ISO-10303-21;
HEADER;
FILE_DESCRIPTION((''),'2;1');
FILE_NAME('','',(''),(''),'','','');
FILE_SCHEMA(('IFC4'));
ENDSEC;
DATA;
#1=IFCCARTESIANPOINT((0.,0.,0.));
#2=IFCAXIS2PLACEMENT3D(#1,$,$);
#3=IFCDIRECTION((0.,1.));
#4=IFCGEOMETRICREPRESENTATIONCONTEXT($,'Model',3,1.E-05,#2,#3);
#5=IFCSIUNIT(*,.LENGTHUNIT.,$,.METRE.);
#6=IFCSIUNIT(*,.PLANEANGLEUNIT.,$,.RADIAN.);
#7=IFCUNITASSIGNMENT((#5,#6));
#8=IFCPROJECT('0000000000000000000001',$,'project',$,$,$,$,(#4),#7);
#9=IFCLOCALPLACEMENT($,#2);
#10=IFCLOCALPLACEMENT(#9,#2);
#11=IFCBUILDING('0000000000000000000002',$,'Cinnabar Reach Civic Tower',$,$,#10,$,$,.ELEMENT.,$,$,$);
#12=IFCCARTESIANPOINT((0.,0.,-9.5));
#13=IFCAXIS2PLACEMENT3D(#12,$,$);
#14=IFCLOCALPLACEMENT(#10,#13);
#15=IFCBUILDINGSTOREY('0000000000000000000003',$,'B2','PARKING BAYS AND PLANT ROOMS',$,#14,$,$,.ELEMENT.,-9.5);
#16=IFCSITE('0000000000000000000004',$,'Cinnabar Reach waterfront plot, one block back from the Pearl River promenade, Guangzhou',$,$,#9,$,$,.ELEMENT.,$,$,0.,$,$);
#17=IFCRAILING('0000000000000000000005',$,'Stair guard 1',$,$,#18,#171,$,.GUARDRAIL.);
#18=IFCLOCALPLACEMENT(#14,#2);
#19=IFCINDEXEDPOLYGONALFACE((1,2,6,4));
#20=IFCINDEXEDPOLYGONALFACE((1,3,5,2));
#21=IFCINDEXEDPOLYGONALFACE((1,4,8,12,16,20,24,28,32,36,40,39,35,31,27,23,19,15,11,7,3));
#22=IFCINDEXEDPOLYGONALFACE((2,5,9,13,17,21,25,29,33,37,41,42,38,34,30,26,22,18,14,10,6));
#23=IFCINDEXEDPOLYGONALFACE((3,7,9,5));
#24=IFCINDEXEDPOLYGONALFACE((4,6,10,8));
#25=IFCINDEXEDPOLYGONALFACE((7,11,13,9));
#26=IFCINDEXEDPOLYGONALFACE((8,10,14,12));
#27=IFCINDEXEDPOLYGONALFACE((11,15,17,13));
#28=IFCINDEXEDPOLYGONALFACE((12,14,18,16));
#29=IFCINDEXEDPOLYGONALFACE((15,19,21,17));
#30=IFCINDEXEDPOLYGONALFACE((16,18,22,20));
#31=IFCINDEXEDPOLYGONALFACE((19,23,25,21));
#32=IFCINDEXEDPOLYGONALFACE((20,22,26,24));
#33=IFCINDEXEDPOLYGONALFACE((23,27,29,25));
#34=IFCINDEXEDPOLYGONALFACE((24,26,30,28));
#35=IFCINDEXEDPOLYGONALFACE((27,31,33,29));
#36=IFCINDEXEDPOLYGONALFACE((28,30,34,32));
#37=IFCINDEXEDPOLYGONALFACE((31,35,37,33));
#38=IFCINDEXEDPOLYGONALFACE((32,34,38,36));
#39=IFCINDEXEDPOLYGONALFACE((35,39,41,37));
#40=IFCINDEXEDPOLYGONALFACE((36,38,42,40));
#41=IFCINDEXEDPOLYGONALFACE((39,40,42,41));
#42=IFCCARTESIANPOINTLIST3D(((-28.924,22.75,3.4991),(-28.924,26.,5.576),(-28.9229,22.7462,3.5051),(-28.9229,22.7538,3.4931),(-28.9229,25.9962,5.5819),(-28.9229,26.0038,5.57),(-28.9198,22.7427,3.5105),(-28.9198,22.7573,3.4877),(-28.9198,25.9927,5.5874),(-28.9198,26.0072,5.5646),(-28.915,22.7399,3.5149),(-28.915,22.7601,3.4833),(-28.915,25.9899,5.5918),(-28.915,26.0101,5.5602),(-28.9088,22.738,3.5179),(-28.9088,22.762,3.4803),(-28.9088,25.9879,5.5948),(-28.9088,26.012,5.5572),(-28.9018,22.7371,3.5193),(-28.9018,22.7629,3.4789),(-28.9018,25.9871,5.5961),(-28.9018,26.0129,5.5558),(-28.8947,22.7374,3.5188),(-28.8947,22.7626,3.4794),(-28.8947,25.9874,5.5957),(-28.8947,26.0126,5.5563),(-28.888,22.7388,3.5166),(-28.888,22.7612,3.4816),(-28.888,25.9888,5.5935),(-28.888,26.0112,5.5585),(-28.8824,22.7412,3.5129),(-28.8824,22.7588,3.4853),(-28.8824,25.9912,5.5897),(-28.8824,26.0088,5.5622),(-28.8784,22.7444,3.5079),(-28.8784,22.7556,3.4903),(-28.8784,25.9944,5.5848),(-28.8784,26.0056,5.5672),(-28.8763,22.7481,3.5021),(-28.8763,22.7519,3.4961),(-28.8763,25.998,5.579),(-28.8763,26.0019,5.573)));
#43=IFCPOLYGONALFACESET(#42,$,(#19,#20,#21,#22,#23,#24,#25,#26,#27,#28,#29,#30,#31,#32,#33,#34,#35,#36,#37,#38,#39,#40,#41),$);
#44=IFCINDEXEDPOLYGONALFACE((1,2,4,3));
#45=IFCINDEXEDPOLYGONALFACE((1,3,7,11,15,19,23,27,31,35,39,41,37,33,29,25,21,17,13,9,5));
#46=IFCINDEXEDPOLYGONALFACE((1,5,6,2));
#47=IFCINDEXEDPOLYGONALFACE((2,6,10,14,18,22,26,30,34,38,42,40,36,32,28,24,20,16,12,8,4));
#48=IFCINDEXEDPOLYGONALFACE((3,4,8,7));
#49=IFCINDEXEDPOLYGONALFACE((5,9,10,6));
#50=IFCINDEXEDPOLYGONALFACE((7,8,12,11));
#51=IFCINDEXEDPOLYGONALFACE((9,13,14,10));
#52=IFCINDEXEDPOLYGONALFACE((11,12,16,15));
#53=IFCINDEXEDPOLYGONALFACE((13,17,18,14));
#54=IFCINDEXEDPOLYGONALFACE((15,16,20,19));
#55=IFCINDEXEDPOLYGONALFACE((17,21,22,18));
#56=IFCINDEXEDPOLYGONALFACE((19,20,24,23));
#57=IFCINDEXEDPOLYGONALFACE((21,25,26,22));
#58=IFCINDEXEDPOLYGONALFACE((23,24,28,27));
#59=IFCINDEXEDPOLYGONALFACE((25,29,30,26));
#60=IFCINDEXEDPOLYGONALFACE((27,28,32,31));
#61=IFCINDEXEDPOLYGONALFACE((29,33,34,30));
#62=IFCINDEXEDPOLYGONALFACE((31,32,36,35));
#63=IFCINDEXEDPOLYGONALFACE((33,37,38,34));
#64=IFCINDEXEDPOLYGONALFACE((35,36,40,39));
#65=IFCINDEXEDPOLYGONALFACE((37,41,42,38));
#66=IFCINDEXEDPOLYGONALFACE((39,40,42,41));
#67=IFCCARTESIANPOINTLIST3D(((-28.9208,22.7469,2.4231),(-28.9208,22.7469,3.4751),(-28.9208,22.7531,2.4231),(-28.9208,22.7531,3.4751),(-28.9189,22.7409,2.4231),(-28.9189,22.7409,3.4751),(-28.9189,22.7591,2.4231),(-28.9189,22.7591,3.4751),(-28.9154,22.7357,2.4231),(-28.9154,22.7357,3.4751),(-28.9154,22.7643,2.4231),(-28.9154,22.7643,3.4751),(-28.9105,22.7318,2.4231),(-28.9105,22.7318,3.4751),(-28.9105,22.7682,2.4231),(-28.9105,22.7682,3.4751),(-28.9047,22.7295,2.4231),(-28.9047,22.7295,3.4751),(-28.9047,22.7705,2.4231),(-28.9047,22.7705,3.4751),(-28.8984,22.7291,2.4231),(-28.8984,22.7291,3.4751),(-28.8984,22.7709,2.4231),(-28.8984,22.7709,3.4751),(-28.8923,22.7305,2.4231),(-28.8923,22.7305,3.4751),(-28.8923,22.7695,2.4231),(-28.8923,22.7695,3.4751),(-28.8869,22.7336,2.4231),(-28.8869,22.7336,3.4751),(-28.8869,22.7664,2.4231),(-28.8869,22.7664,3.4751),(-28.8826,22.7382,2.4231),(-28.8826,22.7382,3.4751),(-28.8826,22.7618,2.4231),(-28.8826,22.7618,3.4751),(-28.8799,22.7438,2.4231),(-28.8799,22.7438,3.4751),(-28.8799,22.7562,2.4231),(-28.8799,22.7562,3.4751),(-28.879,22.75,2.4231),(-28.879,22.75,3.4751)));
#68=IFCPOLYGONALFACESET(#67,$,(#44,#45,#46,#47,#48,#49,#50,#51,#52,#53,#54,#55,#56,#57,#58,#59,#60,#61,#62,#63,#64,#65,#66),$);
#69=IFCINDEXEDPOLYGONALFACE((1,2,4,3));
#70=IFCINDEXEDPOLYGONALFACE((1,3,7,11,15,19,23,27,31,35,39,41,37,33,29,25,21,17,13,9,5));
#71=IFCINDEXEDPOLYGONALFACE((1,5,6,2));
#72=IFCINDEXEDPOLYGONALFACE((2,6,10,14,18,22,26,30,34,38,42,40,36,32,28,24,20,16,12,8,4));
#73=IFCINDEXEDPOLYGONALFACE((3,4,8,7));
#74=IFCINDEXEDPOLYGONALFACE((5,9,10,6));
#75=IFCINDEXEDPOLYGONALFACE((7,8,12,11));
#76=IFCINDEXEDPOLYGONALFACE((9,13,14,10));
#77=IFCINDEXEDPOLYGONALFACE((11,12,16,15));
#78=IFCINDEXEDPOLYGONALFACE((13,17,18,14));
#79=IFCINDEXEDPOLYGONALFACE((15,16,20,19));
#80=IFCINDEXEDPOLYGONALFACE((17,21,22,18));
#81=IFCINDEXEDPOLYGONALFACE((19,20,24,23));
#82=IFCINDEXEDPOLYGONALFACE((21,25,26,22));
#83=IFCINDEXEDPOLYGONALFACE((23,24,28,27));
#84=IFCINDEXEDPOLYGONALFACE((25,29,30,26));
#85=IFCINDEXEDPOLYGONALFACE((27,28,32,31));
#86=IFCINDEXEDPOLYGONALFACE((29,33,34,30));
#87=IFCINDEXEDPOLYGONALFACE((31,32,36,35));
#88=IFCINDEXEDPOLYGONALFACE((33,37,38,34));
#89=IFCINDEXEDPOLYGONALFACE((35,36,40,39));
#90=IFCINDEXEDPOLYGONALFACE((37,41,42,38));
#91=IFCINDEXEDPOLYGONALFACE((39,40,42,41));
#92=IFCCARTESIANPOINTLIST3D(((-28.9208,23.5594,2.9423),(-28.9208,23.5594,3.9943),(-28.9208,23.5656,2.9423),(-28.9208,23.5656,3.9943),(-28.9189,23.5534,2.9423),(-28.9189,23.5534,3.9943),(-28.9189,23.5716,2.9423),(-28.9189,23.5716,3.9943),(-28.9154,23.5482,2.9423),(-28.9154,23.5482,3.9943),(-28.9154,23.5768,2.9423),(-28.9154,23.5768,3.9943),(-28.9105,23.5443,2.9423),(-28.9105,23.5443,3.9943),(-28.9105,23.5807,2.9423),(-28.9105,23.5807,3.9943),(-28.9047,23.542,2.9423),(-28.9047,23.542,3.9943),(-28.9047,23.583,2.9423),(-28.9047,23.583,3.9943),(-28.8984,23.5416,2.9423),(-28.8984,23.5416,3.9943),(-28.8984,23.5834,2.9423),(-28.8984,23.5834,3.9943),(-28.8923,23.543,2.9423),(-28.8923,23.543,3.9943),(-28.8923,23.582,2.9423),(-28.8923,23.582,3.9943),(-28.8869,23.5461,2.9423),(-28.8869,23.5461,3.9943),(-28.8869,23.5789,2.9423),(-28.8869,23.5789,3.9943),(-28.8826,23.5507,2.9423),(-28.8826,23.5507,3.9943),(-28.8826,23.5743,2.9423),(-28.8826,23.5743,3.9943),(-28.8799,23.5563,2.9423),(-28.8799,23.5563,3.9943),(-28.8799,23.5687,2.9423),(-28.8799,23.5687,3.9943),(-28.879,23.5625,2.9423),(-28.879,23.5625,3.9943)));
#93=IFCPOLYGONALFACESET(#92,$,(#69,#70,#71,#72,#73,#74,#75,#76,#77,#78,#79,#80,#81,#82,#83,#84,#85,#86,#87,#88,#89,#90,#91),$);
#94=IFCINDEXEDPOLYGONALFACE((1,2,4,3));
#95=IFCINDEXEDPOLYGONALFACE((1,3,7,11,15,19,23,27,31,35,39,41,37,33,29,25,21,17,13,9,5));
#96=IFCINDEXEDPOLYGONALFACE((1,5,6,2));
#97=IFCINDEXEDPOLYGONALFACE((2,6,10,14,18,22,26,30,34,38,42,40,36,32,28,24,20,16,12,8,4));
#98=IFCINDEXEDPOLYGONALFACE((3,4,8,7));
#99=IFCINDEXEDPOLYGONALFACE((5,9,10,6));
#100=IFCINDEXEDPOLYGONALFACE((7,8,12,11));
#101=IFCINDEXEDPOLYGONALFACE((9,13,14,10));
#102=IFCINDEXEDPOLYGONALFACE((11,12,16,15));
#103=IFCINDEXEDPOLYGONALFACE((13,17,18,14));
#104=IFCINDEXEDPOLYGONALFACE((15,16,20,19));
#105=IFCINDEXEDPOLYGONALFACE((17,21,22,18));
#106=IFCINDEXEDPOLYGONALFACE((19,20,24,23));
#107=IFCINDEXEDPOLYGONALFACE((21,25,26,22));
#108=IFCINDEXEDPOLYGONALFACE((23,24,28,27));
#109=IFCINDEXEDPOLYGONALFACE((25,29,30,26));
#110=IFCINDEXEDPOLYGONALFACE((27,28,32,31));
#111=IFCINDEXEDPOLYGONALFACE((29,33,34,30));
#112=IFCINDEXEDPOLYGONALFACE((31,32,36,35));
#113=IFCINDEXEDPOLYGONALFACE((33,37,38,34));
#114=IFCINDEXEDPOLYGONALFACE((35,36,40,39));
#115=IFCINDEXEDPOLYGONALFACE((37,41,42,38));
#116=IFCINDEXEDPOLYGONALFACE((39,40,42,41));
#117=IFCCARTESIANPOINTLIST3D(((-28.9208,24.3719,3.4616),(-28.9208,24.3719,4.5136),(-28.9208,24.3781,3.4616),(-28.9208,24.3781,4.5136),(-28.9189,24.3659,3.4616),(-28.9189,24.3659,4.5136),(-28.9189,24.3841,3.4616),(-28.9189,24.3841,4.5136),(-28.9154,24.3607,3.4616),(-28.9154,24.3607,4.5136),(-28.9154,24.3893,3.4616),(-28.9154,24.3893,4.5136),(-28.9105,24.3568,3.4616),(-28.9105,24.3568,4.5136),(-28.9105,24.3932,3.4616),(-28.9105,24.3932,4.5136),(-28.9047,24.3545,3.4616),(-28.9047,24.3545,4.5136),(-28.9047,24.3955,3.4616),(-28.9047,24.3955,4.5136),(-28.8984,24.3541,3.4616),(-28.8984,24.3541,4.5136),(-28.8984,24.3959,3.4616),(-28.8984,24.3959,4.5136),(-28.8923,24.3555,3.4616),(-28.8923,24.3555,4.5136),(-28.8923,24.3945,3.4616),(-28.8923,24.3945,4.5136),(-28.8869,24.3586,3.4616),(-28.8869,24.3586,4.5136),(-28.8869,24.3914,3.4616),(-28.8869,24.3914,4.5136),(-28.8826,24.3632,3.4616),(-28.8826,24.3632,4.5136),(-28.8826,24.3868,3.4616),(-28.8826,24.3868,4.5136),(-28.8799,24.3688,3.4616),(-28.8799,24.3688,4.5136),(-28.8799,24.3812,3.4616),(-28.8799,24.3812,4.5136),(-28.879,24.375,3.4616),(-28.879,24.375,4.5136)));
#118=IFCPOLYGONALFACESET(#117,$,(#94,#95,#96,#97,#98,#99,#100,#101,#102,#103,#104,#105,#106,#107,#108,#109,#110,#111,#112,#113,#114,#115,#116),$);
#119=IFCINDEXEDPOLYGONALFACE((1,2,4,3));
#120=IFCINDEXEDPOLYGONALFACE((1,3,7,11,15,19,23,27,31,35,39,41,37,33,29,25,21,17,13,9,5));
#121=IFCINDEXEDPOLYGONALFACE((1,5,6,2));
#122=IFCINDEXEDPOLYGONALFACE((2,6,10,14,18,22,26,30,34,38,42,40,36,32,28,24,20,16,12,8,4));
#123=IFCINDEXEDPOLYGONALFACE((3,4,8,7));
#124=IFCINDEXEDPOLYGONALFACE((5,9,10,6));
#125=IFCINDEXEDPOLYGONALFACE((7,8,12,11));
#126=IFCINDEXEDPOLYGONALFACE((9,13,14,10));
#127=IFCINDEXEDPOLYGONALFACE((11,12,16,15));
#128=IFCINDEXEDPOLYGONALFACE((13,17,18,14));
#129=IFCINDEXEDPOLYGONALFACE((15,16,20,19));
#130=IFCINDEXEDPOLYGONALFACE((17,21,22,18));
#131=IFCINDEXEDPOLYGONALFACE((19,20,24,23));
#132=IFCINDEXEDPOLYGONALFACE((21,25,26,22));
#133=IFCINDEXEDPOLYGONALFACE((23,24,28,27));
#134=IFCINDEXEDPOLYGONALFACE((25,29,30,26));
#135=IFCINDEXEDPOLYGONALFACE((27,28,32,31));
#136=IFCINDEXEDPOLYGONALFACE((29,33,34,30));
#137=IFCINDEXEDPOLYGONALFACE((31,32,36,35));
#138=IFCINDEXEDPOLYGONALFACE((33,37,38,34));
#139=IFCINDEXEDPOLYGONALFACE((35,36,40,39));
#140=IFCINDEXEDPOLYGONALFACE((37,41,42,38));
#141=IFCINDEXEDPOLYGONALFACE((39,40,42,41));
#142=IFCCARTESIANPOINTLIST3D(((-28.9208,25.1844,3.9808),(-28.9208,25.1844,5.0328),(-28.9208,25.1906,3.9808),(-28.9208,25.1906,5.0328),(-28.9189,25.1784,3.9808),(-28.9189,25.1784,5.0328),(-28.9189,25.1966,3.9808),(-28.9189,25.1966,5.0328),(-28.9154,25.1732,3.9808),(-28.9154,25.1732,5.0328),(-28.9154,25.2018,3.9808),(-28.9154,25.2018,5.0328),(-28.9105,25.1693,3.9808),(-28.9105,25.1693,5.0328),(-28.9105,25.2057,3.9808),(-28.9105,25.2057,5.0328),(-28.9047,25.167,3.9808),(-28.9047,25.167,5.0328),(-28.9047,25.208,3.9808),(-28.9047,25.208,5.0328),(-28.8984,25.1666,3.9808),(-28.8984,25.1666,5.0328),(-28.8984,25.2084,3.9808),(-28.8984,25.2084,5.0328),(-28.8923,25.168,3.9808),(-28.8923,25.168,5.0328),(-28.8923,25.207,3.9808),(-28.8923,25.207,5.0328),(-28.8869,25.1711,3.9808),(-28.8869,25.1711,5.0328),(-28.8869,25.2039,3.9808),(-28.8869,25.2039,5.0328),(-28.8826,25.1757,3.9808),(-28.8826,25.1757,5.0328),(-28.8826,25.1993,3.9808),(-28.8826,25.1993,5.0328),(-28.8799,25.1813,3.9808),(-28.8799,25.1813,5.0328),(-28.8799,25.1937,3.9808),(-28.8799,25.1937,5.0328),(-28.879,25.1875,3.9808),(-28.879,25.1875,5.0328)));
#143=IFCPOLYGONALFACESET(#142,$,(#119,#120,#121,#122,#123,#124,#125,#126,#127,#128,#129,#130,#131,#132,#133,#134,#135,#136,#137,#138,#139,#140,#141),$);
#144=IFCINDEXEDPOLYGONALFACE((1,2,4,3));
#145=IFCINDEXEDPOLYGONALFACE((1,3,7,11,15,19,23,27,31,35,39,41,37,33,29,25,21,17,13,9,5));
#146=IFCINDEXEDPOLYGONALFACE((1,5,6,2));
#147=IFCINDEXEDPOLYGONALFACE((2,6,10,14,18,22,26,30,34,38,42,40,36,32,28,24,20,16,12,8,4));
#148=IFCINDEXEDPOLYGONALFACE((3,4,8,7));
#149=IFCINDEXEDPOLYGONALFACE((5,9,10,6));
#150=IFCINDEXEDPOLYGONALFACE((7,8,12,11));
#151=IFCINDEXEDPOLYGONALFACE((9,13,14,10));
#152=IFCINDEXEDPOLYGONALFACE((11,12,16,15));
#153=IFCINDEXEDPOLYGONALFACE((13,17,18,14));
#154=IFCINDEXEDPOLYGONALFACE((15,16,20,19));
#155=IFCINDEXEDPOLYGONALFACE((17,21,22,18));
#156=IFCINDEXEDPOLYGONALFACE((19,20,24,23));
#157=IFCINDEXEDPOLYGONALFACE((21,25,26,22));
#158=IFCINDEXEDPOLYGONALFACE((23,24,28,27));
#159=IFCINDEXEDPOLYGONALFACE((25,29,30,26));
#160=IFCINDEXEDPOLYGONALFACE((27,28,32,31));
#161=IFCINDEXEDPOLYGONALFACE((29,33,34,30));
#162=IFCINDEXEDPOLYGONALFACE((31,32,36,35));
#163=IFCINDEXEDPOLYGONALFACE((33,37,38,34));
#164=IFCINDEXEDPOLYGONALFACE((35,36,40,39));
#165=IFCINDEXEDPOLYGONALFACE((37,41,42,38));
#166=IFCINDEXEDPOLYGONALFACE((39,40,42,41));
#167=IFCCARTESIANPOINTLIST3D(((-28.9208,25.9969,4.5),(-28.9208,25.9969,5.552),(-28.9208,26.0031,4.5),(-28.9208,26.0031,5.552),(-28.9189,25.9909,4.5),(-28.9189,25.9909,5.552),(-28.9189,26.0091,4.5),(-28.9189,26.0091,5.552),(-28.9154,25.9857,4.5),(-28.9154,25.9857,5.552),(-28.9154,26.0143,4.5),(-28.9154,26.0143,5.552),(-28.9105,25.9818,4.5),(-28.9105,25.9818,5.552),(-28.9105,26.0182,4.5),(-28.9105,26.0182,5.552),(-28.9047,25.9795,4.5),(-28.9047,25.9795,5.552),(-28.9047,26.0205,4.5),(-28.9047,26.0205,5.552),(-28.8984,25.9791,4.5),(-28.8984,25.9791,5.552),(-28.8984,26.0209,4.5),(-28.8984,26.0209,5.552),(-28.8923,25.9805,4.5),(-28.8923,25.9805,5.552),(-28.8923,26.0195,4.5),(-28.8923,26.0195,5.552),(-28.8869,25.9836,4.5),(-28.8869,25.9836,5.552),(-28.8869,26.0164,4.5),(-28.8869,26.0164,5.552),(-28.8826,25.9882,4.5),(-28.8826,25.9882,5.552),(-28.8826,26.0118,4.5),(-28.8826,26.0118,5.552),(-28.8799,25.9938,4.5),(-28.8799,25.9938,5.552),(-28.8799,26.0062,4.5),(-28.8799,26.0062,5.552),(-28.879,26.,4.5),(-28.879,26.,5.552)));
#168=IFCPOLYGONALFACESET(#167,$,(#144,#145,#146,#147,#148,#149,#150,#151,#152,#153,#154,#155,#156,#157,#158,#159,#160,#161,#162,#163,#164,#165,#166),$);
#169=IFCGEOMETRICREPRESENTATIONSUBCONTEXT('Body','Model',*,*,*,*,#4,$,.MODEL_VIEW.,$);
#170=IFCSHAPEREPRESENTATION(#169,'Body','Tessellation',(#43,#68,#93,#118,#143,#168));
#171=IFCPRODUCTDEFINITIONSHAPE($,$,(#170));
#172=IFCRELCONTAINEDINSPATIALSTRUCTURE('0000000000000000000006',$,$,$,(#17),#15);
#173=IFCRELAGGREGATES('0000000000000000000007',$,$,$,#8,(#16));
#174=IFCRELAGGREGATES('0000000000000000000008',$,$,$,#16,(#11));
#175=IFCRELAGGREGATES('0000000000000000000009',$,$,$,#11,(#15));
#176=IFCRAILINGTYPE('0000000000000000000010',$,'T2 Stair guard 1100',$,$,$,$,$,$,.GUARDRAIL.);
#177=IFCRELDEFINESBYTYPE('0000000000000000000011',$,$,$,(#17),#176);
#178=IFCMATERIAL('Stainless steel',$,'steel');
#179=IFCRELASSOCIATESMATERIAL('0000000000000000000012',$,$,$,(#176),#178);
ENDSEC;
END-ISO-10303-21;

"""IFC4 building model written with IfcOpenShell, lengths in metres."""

from ifc_helpers import new_model, si_unit, direction, frame, origin, origin_2d, place, context, subcontext, project, spatial, circle, extrude, material, type_object, element, save


model = new_model("IFC4")

# Units and contexts
model_context = context("Model", 3, precision=1e-05, world=origin(), true_north=direction((0.0, 1.0)))
body_context = subcontext(model_context, "Body", "Model", "MODEL_VIEW")
ifc_project = project(units=[si_unit("LENGTHUNIT", "METRE"), si_unit("PLANEANGLEUNIT", "RADIAN")], contexts=[model_context])

# Site, building, storey
site_placement = place(None, origin())
site = spatial("IfcSite", under=ifc_project, at=site_placement, Name="Cinnabar Reach waterfront plot, one block back from the Pearl River promenade, Guangzhou", CompositionType="ELEMENT", RefElevation=0.0)
building_placement = place(site_placement, origin())
building = spatial("IfcBuilding", under=site, at=building_placement, Name="Cinnabar Reach Civic Tower", CompositionType="ELEMENT")
storey_placement = place(building_placement, frame((0.0, 0.0, -9.5)))
storey = spatial("IfcBuildingStorey", under=building, at=storey_placement, Name="B2", Description="PARKING BAYS AND PLANT ROOMS", CompositionType="ELEMENT", Elevation=-9.5)

# Railing
ifc_material_1 = material(Name="Stainless steel", Category="steel")
railing_type = type_object("IfcRailingType", Name="T2 Stair guard 1100", PredefinedType="GUARDRAIL", material=ifc_material_1)
railing_1_placement = place(storey_placement, frame((-28.9, 22.75, 2.4231)))
element("IfcRailing", 1, at=railing_1_placement, inside=storey, type_object=railing_type, Name="Stair guard 1", PredefinedType="GUARDRAIL", context=body_context, shape_type="SweptSolid", body=[
    extrude(circle(Radius=0.024, at=origin_2d()), frame((0.0, 0.0, 1.076), z_axis=(0.0, 0.842636, 0.538483), x_axis=(-1.0, 0.0, 0.0)), (0.0, 0.0, 1.0), 3.8569),
    extrude(circle(Radius=0.021, at=origin_2d()), origin(), (0.0, 0.0, 1.0), 1.052),
    extrude(circle(Radius=0.021, at=origin_2d()), frame((0.0, 0.8125, 0.5192)), (0.0, 0.0, 1.0), 1.052),
    extrude(circle(Radius=0.021, at=origin_2d()), frame((0.0, 1.625, 1.0385)), (0.0, 0.0, 1.0), 1.052),
    extrude(circle(Radius=0.021, at=origin_2d()), frame((0.0, 2.4375, 1.5577)), (0.0, 0.0, 1.0), 1.052),
    extrude(circle(Radius=0.021, at=origin_2d()), frame((0.0, 3.25, 2.0769)), (0.0, 0.0, 1.0), 1.052),
])

save(model, "model.ifc")
